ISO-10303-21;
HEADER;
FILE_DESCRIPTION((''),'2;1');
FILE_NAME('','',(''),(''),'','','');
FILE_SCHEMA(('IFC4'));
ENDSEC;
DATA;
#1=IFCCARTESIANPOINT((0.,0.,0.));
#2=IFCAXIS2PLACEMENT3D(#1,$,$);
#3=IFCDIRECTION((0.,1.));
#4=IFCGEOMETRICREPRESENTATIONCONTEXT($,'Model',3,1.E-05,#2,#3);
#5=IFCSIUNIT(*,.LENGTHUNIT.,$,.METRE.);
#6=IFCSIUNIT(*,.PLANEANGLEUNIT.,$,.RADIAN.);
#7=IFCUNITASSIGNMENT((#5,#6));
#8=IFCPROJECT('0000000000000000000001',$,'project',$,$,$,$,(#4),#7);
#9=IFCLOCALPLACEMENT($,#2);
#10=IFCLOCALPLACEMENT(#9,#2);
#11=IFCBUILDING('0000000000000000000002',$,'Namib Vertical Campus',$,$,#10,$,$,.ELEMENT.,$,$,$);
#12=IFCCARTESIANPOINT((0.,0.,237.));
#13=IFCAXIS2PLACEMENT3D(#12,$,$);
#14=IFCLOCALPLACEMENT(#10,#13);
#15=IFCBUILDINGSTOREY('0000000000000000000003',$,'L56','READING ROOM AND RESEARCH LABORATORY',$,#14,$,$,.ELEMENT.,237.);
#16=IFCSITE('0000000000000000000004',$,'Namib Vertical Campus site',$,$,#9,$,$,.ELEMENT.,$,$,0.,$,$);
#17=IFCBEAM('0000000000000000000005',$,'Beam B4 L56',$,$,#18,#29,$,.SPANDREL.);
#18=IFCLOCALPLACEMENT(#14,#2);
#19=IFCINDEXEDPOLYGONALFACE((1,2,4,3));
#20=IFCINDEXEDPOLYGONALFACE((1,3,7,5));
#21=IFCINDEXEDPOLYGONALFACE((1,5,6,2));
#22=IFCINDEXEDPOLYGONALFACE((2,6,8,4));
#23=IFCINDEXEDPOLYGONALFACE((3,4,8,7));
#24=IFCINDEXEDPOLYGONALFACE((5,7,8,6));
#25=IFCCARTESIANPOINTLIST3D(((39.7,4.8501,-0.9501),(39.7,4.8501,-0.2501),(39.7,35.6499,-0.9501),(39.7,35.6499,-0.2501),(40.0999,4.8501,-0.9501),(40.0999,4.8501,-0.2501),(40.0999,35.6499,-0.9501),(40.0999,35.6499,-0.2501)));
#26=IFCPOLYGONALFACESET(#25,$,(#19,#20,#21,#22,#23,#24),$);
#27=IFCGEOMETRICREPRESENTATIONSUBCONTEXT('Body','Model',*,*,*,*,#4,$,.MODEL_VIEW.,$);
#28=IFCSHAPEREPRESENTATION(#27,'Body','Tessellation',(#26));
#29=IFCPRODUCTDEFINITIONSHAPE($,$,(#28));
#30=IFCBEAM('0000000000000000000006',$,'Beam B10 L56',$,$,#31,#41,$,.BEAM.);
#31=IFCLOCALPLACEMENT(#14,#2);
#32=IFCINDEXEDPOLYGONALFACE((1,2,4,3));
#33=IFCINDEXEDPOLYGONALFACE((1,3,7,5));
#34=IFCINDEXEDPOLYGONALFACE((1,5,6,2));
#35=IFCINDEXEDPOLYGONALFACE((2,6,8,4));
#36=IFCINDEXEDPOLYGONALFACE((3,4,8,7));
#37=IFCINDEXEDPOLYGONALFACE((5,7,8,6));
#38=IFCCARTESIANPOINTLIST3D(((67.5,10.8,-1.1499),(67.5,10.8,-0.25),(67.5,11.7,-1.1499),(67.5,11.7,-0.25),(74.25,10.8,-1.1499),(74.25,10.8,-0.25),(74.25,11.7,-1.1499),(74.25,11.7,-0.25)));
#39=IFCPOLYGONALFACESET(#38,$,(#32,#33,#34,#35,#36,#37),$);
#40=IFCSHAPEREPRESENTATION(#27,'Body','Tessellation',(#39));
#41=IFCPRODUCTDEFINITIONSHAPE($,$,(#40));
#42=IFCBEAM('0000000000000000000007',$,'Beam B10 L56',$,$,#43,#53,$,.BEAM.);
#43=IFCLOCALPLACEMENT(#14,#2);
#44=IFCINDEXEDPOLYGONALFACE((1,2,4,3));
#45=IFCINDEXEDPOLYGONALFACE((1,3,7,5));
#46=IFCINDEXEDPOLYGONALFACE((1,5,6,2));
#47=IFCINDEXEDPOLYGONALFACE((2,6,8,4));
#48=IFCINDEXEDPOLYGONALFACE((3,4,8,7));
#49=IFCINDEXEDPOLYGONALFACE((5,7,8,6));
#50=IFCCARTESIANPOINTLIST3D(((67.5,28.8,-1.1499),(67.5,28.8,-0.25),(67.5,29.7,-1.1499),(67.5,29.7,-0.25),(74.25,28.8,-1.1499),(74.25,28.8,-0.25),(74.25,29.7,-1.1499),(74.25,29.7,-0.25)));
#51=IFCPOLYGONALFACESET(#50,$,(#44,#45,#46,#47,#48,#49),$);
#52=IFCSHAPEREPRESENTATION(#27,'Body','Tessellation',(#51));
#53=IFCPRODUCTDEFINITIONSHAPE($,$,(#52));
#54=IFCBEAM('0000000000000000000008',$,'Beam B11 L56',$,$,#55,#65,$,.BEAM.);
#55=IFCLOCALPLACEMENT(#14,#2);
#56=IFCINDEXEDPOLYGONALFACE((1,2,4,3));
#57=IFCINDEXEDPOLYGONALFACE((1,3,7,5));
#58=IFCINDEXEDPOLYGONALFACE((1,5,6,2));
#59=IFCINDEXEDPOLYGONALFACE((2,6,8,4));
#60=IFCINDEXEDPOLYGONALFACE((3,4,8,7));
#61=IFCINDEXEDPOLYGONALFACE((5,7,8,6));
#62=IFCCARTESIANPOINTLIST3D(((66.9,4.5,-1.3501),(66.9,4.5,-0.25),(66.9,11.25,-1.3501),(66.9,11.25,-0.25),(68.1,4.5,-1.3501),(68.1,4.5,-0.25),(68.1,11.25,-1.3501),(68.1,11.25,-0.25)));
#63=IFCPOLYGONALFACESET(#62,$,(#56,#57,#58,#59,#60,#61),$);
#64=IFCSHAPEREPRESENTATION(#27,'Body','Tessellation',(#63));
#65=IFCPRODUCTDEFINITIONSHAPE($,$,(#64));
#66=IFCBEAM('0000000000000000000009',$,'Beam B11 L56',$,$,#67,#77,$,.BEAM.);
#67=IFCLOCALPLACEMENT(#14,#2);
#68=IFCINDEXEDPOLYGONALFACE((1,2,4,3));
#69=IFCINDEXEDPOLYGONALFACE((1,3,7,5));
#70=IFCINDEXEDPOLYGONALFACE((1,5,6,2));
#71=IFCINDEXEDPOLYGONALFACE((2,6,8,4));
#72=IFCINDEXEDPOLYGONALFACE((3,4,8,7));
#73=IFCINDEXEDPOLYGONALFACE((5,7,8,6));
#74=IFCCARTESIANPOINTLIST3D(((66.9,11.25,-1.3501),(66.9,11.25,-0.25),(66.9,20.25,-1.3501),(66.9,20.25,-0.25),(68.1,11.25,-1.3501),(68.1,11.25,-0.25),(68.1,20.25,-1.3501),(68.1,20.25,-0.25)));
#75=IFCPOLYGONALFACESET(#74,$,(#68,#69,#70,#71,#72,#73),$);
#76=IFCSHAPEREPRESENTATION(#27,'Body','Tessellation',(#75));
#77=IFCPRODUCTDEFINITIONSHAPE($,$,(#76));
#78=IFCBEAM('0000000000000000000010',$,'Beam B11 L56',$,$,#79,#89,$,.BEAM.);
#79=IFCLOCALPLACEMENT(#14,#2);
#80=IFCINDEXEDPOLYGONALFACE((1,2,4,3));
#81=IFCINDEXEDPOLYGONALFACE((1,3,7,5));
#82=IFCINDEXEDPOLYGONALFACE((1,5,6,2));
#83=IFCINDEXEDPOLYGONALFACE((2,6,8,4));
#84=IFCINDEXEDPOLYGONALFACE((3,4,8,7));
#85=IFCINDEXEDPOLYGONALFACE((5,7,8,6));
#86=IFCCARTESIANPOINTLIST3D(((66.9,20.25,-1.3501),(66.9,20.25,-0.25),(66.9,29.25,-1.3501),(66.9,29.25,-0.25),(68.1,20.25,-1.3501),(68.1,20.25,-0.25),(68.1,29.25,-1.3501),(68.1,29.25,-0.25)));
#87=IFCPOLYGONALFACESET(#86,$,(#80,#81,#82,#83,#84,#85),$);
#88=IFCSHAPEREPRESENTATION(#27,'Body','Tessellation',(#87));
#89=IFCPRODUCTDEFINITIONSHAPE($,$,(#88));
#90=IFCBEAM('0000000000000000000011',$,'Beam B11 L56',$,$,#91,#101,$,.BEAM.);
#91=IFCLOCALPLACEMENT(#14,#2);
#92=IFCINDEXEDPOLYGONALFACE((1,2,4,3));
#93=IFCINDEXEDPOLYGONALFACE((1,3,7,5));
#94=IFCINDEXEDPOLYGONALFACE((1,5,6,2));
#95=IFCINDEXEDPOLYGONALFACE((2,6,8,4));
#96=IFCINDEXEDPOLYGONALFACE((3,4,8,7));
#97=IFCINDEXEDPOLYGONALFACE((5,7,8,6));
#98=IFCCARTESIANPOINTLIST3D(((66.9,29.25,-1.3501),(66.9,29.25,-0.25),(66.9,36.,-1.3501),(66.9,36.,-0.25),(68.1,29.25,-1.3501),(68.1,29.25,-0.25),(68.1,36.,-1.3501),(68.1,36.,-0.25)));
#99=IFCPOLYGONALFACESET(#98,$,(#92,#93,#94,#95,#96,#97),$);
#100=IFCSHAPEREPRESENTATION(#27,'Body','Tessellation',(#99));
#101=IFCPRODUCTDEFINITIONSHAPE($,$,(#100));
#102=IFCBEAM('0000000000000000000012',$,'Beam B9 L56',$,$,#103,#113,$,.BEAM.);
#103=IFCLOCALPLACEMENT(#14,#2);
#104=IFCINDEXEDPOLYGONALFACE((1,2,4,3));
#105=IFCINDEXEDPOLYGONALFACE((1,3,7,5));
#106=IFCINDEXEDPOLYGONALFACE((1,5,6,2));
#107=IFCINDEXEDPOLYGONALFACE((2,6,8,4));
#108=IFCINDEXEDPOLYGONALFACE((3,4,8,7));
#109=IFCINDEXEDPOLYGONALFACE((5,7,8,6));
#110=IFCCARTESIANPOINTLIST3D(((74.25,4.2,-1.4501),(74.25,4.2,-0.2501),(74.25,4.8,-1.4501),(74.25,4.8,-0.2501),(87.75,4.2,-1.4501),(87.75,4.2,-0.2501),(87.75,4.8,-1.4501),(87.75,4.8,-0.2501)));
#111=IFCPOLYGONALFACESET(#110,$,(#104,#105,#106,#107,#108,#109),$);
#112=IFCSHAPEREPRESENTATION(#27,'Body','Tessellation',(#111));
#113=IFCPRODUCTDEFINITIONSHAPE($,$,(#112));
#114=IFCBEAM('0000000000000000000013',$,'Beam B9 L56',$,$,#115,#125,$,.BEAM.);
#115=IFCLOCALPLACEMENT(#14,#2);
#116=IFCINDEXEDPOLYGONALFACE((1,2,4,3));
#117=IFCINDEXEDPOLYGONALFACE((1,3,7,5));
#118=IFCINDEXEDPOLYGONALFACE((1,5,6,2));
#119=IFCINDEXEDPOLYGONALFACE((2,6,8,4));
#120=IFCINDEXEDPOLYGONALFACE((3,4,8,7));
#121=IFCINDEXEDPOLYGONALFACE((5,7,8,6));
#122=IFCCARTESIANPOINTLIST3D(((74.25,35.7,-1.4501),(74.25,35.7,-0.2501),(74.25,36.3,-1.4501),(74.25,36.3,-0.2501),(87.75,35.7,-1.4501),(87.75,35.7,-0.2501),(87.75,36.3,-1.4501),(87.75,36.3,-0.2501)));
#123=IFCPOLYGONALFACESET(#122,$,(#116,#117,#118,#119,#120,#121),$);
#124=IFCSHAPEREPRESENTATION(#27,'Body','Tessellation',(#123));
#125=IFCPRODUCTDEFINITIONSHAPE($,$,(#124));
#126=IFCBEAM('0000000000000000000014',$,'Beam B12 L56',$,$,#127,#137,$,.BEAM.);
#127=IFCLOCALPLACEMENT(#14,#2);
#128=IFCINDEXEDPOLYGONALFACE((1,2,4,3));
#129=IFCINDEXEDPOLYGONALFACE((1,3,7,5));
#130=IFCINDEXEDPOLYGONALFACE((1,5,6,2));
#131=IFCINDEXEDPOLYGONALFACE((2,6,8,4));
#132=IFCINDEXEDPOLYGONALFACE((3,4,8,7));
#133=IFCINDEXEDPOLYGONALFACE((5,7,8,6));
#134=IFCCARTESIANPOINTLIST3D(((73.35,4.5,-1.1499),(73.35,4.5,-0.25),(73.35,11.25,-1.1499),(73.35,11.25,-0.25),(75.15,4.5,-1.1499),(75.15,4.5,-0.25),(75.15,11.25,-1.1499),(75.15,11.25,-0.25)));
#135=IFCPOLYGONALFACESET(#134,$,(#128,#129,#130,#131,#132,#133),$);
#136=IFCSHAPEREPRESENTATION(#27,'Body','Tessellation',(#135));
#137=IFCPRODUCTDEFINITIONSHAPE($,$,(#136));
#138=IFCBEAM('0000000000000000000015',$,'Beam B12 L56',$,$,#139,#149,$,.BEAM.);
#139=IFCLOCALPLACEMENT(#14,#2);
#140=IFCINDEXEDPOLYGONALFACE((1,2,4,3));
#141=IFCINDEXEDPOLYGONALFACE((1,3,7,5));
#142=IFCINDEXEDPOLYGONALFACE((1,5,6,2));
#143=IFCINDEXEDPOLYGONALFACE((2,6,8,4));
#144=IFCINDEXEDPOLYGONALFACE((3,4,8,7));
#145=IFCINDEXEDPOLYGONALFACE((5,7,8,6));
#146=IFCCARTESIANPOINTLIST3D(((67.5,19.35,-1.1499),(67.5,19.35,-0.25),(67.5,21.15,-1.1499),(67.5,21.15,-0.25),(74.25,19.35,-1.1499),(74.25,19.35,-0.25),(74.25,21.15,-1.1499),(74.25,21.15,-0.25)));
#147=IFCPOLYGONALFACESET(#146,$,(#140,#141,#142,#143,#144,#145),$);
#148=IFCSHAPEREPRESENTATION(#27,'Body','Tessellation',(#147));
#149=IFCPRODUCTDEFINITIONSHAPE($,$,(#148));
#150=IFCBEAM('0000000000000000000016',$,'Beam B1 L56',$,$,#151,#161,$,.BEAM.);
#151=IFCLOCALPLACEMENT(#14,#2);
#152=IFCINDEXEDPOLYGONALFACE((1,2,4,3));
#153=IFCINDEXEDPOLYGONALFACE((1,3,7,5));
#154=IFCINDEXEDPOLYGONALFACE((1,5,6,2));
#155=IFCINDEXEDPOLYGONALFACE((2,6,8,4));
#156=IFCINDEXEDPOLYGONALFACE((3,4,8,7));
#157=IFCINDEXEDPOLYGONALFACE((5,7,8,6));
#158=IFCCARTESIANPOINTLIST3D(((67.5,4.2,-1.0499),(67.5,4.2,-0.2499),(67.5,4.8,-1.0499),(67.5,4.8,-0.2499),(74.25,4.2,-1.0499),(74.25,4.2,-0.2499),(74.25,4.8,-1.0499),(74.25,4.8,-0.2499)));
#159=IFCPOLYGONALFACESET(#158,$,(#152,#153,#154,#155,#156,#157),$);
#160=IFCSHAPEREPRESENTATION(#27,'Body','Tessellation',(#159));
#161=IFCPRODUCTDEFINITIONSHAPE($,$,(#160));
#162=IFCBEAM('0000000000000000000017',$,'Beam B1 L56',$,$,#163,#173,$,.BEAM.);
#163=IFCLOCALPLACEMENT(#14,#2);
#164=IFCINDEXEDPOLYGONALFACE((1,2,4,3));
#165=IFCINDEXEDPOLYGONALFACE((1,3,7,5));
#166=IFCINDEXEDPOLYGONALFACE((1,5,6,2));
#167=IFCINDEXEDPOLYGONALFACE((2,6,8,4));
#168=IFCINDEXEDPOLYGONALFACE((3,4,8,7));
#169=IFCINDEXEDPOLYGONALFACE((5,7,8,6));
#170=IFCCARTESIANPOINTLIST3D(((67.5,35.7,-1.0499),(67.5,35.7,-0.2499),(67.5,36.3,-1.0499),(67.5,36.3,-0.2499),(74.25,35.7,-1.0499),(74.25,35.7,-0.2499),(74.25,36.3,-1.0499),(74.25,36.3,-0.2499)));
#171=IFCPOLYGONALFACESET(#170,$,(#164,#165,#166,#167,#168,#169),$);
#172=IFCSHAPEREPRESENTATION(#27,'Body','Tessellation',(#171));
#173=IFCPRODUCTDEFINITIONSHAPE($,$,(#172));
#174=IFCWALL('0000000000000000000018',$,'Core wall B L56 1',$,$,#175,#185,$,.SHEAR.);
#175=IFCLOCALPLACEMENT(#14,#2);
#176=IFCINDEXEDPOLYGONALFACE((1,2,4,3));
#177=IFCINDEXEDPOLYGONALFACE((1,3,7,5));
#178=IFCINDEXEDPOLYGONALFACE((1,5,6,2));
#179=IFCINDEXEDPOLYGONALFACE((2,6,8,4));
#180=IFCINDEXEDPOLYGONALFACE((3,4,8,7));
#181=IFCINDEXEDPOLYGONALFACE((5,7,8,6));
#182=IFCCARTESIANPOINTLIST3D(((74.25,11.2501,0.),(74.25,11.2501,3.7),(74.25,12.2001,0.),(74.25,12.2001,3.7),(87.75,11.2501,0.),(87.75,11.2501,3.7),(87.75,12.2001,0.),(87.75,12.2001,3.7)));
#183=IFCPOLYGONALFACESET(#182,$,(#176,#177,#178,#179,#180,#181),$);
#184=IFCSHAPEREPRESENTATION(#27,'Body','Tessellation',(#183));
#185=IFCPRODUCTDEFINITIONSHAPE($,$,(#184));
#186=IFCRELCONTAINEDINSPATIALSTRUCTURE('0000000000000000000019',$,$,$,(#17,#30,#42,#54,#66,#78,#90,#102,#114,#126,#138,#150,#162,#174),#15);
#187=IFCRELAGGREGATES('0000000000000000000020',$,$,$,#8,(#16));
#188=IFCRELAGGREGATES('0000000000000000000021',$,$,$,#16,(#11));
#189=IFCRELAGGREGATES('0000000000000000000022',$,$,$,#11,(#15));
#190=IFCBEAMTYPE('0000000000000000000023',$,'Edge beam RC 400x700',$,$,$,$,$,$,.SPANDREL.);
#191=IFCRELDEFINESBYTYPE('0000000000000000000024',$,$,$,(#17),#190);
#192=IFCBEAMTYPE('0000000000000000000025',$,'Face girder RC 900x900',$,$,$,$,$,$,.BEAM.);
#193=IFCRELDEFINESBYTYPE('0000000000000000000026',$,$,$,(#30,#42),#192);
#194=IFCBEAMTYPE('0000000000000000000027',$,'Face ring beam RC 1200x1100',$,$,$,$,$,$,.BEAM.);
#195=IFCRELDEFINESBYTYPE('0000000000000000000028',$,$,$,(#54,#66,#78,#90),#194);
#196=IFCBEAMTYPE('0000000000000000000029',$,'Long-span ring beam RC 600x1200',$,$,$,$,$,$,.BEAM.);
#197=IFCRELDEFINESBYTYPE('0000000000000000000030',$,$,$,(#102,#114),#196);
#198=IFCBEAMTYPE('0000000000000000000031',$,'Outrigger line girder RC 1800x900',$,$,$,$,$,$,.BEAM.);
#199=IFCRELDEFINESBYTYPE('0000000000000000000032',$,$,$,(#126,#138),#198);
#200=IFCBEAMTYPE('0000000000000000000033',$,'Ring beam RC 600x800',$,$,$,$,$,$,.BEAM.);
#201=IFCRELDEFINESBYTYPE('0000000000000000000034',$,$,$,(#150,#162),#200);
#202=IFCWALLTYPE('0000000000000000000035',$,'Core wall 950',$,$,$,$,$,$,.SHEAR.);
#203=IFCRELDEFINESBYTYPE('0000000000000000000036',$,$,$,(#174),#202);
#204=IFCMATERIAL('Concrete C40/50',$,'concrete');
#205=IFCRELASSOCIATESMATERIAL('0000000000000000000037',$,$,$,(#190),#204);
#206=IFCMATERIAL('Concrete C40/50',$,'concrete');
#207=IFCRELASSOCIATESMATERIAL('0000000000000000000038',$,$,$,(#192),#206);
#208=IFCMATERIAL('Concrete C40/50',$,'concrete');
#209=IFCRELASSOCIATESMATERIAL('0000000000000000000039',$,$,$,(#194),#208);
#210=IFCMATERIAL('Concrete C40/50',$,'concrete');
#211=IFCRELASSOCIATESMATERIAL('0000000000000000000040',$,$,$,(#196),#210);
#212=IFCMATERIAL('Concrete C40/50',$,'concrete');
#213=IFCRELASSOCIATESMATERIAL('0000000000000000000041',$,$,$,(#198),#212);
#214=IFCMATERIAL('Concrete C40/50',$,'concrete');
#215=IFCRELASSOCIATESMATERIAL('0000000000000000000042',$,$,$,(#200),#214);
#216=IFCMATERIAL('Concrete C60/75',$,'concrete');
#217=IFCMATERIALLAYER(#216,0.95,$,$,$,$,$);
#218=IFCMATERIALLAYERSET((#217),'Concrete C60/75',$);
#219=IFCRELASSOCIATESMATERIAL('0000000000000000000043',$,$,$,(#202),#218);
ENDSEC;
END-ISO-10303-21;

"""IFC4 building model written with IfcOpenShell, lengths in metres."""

from ifc_helpers import new_model, si_unit, direction, frame, frame_2d, origin, origin_2d, place, context, subcontext, project, spatial, rectangle, extrude, material, layer, layer_set, material_profile, profile_set, type_object, element, save


model = new_model("IFC4")

# Units and contexts
model_context = context("Model", 3, precision=1e-05, world=origin(), true_north=direction((0.0, 1.0)))
body_context = subcontext(model_context, "Body", "Model", "MODEL_VIEW")
ifc_project = project(units=[si_unit("LENGTHUNIT", "METRE"), si_unit("PLANEANGLEUNIT", "RADIAN")], contexts=[model_context])

# Site, building, storey
site_placement = place(None, origin())
site = spatial("IfcSite", under=ifc_project, at=site_placement, Name="Namib Vertical Campus site", CompositionType="ELEMENT", RefElevation=0.0)
building_placement = place(site_placement, origin())
building = spatial("IfcBuilding", under=site, at=building_placement, Name="Namib Vertical Campus", CompositionType="ELEMENT")
storey_placement = place(building_placement, frame((0.0, 0.0, 237.0)))
storey = spatial("IfcBuildingStorey", under=building, at=storey_placement, Name="L56", Description="READING ROOM AND RESEARCH LABORATORY", CompositionType="ELEMENT", Elevation=237.0)

# Beams
ifc_material_1 = material(Name="Concrete C40/50", Category="concrete")
ifc_material_profile_1 = material_profile(ifc_material_1, rectangle(XDim=0.3999, YDim=0.7, at=origin_2d()))
ifc_profile_set_1 = profile_set([ifc_material_profile_1], Name="Concrete C40/50")
beam_type_1 = type_object("IfcBeamType", Name="Edge beam RC 400x700", PredefinedType="SPANDREL", material=ifc_profile_set_1)
beam_1_placement = place(storey_placement, frame((39.8999, 4.8501, -0.6001), z_axis=(0.0, 1.0, 0.0), x_axis=(-1.0, 0.0, 0.0)))
element("IfcBeam", 1, at=beam_1_placement, inside=storey, type_object=beam_type_1, Name="Beam B4 L56", PredefinedType="SPANDREL", context=body_context, shape_type="SweptSolid", body=[
    extrude(rectangle(XDim=0.3999, YDim=0.7, at=origin_2d()), origin(), (0.0, 0.0, 1.0), 30.7998),
])
ifc_material_2 = material(Name="Concrete C40/50", Category="concrete")
ifc_material_profile_2 = material_profile(ifc_material_2, rectangle(XDim=0.8999, YDim=0.8999, at=origin_2d()))
ifc_profile_set_2 = profile_set([ifc_material_profile_2], Name="Concrete C40/50")
beam_type_2 = type_object("IfcBeamType", Name="Face girder RC 900x900", PredefinedType="BEAM", material=ifc_profile_set_2)
for number, where, z_axis, x_axis, name in (
    (2, (67.5, 11.25, -0.7), (1.0, 0.0, 0.0), (0.0, 1.0, 0.0), "Beam B10 L56"),
    (3, (67.5, 29.25, -0.7), (1.0, 0.0, 0.0), (0.0, 1.0, 0.0), "Beam B10 L56"),
):
    element("IfcBeam", number, at=place(storey_placement, frame(where, z_axis=z_axis, x_axis=x_axis)), inside=storey, type_object=beam_type_2, Name=name, PredefinedType="BEAM", context=body_context, shape_type="SweptSolid", body=[
        extrude(rectangle(XDim=0.8999, YDim=0.8999, at=origin_2d()), origin(), (0.0, 0.0, 1.0), 6.75),
    ])
ifc_material_3 = material(Name="Concrete C40/50", Category="concrete")
ifc_material_profile_3 = material_profile(ifc_material_3, rectangle(XDim=1.2, YDim=1.1001, at=origin_2d()))
ifc_profile_set_3 = profile_set([ifc_material_profile_3], Name="Concrete C40/50")
beam_type_3 = type_object("IfcBeamType", Name="Face ring beam RC 1200x1100", PredefinedType="BEAM", material=ifc_profile_set_3)
beam_2_placement = place(storey_placement, frame((67.5, 4.5, -0.8), z_axis=(0.0, 1.0, 0.0), x_axis=(-1.0, 0.0, 0.0)))
element("IfcBeam", 4, at=beam_2_placement, inside=storey, type_object=beam_type_3, Name="Beam B11 L56", PredefinedType="BEAM", context=body_context, shape_type="SweptSolid", body=[
    extrude(rectangle(XDim=1.2, YDim=1.1001, at=origin_2d()), origin(), (0.0, 0.0, 1.0), 6.75),
])
for number, where, z_axis, x_axis, name in (
    (5, (67.5, 11.25, -0.8), (0.0, 1.0, 0.0), (-1.0, 0.0, 0.0), "Beam B11 L56"),
    (6, (67.5, 20.25, -0.8), (0.0, 1.0, 0.0), (-1.0, 0.0, 0.0), "Beam B11 L56"),
):
    element("IfcBeam", number, at=place(storey_placement, frame(where, z_axis=z_axis, x_axis=x_axis)), inside=storey, type_object=beam_type_3, Name=name, PredefinedType="BEAM", context=body_context, shape_type="SweptSolid", body=[
        extrude(rectangle(XDim=1.2, YDim=1.1001, at=origin_2d()), origin(), (0.0, 0.0, 1.0), 9.0),
    ])
beam_3_placement = place(storey_placement, frame((67.5, 29.25, -0.8), z_axis=(0.0, 1.0, 0.0), x_axis=(-1.0, 0.0, 0.0)))
element("IfcBeam", 7, at=beam_3_placement, inside=storey, type_object=beam_type_3, Name="Beam B11 L56", PredefinedType="BEAM", context=body_context, shape_type="SweptSolid", body=[
    extrude(rectangle(XDim=1.2, YDim=1.1001, at=origin_2d()), origin(), (0.0, 0.0, 1.0), 6.75),
])
ifc_material_4 = material(Name="Concrete C40/50", Category="concrete")
ifc_material_profile_4 = material_profile(ifc_material_4, rectangle(XDim=0.6001, YDim=1.2, at=origin_2d()))
ifc_profile_set_4 = profile_set([ifc_material_profile_4], Name="Concrete C40/50")
beam_type_4 = type_object("IfcBeamType", Name="Long-span ring beam RC 600x1200", PredefinedType="BEAM", material=ifc_profile_set_4)
for number, where, z_axis, x_axis, name in (
    (8, (74.25, 4.5, -0.8501), (1.0, 0.0, 0.0), (0.0, 1.0, 0.0), "Beam B9 L56"),
    (9, (74.25, 36.0, -0.8501), (1.0, 0.0, 0.0), (0.0, 1.0, 0.0), "Beam B9 L56"),
):
    element("IfcBeam", number, at=place(storey_placement, frame(where, z_axis=z_axis, x_axis=x_axis)), inside=storey, type_object=beam_type_4, Name=name, PredefinedType="BEAM", context=body_context, shape_type="SweptSolid", body=[
        extrude(rectangle(XDim=0.6001, YDim=1.2, at=origin_2d()), origin(), (0.0, 0.0, 1.0), 13.5),
    ])
ifc_material_5 = material(Name="Concrete C40/50", Category="concrete")
ifc_material_profile_5 = material_profile(ifc_material_5, rectangle(XDim=1.8, YDim=0.8999, at=origin_2d()))
ifc_profile_set_5 = profile_set([ifc_material_profile_5], Name="Concrete C40/50")
beam_type_5 = type_object("IfcBeamType", Name="Outrigger line girder RC 1800x900", PredefinedType="BEAM", material=ifc_profile_set_5)
for number, where, z_axis, x_axis, name in (
    (10, (74.25, 4.5, -0.7), (0.0, 1.0, 0.0), (-1.0, 0.0, 0.0), "Beam B12 L56"),
    (11, (67.5, 20.25, -0.7), (1.0, 0.0, 0.0), (0.0, 1.0, 0.0), "Beam B12 L56"),
):
    element("IfcBeam", number, at=place(storey_placement, frame(where, z_axis=z_axis, x_axis=x_axis)), inside=storey, type_object=beam_type_5, Name=name, PredefinedType="BEAM", context=body_context, shape_type="SweptSolid", body=[
        extrude(rectangle(XDim=1.8, YDim=0.8999, at=origin_2d()), origin(), (0.0, 0.0, 1.0), 6.75),
    ])
ifc_material_6 = material(Name="Concrete C40/50", Category="concrete")
ifc_material_profile_6 = material_profile(ifc_material_6, rectangle(XDim=0.6001, YDim=0.8, at=origin_2d()))
ifc_profile_set_6 = profile_set([ifc_material_profile_6], Name="Concrete C40/50")
beam_type_6 = type_object("IfcBeamType", Name="Ring beam RC 600x800", PredefinedType="BEAM", material=ifc_profile_set_6)
for number, where, z_axis, x_axis, name in (
    (12, (67.5, 4.5, -0.6499), (1.0, 0.0, 0.0), (0.0, 1.0, 0.0), "Beam B1 L56"),
    (13, (67.5, 36.0, -0.6499), (1.0, 0.0, 0.0), (0.0, 1.0, 0.0), "Beam B1 L56"),
):
    element("IfcBeam", number, at=place(storey_placement, frame(where, z_axis=z_axis, x_axis=x_axis)), inside=storey, type_object=beam_type_6, Name=name, PredefinedType="BEAM", context=body_context, shape_type="SweptSolid", body=[
        extrude(rectangle(XDim=0.6001, YDim=0.8, at=origin_2d()), origin(), (0.0, 0.0, 1.0), 6.75),
    ])

# Wall
ifc_material_7 = material(Name="Concrete C60/75", Category="concrete")
ifc_layer_1 = layer(ifc_material_7, 0.95)
ifc_layer_set_1 = layer_set([ifc_layer_1], Name="Concrete C60/75")
wall_type_1 = type_object("IfcWallType", Name="Core wall 950", PredefinedType="SHEAR", material=ifc_layer_set_1)
wall_1_placement = place(storey_placement, frame((74.25, 11.7251, 0.0), z_axis=(0.0, 0.0, 1.0), x_axis=(1.0, 0.0, 0.0)))
element("IfcWall", 14, at=wall_1_placement, inside=storey, type_object=wall_type_1, Name="Core wall B L56 1", PredefinedType="SHEAR", context=body_context, shape_type="SweptSolid", body=[
    extrude(rectangle(XDim=13.5, YDim=0.95, at=frame_2d((6.75, 0.0))), origin(), (0.0, 0.0, 1.0), 3.7),
])

save(model, "model.ifc")
